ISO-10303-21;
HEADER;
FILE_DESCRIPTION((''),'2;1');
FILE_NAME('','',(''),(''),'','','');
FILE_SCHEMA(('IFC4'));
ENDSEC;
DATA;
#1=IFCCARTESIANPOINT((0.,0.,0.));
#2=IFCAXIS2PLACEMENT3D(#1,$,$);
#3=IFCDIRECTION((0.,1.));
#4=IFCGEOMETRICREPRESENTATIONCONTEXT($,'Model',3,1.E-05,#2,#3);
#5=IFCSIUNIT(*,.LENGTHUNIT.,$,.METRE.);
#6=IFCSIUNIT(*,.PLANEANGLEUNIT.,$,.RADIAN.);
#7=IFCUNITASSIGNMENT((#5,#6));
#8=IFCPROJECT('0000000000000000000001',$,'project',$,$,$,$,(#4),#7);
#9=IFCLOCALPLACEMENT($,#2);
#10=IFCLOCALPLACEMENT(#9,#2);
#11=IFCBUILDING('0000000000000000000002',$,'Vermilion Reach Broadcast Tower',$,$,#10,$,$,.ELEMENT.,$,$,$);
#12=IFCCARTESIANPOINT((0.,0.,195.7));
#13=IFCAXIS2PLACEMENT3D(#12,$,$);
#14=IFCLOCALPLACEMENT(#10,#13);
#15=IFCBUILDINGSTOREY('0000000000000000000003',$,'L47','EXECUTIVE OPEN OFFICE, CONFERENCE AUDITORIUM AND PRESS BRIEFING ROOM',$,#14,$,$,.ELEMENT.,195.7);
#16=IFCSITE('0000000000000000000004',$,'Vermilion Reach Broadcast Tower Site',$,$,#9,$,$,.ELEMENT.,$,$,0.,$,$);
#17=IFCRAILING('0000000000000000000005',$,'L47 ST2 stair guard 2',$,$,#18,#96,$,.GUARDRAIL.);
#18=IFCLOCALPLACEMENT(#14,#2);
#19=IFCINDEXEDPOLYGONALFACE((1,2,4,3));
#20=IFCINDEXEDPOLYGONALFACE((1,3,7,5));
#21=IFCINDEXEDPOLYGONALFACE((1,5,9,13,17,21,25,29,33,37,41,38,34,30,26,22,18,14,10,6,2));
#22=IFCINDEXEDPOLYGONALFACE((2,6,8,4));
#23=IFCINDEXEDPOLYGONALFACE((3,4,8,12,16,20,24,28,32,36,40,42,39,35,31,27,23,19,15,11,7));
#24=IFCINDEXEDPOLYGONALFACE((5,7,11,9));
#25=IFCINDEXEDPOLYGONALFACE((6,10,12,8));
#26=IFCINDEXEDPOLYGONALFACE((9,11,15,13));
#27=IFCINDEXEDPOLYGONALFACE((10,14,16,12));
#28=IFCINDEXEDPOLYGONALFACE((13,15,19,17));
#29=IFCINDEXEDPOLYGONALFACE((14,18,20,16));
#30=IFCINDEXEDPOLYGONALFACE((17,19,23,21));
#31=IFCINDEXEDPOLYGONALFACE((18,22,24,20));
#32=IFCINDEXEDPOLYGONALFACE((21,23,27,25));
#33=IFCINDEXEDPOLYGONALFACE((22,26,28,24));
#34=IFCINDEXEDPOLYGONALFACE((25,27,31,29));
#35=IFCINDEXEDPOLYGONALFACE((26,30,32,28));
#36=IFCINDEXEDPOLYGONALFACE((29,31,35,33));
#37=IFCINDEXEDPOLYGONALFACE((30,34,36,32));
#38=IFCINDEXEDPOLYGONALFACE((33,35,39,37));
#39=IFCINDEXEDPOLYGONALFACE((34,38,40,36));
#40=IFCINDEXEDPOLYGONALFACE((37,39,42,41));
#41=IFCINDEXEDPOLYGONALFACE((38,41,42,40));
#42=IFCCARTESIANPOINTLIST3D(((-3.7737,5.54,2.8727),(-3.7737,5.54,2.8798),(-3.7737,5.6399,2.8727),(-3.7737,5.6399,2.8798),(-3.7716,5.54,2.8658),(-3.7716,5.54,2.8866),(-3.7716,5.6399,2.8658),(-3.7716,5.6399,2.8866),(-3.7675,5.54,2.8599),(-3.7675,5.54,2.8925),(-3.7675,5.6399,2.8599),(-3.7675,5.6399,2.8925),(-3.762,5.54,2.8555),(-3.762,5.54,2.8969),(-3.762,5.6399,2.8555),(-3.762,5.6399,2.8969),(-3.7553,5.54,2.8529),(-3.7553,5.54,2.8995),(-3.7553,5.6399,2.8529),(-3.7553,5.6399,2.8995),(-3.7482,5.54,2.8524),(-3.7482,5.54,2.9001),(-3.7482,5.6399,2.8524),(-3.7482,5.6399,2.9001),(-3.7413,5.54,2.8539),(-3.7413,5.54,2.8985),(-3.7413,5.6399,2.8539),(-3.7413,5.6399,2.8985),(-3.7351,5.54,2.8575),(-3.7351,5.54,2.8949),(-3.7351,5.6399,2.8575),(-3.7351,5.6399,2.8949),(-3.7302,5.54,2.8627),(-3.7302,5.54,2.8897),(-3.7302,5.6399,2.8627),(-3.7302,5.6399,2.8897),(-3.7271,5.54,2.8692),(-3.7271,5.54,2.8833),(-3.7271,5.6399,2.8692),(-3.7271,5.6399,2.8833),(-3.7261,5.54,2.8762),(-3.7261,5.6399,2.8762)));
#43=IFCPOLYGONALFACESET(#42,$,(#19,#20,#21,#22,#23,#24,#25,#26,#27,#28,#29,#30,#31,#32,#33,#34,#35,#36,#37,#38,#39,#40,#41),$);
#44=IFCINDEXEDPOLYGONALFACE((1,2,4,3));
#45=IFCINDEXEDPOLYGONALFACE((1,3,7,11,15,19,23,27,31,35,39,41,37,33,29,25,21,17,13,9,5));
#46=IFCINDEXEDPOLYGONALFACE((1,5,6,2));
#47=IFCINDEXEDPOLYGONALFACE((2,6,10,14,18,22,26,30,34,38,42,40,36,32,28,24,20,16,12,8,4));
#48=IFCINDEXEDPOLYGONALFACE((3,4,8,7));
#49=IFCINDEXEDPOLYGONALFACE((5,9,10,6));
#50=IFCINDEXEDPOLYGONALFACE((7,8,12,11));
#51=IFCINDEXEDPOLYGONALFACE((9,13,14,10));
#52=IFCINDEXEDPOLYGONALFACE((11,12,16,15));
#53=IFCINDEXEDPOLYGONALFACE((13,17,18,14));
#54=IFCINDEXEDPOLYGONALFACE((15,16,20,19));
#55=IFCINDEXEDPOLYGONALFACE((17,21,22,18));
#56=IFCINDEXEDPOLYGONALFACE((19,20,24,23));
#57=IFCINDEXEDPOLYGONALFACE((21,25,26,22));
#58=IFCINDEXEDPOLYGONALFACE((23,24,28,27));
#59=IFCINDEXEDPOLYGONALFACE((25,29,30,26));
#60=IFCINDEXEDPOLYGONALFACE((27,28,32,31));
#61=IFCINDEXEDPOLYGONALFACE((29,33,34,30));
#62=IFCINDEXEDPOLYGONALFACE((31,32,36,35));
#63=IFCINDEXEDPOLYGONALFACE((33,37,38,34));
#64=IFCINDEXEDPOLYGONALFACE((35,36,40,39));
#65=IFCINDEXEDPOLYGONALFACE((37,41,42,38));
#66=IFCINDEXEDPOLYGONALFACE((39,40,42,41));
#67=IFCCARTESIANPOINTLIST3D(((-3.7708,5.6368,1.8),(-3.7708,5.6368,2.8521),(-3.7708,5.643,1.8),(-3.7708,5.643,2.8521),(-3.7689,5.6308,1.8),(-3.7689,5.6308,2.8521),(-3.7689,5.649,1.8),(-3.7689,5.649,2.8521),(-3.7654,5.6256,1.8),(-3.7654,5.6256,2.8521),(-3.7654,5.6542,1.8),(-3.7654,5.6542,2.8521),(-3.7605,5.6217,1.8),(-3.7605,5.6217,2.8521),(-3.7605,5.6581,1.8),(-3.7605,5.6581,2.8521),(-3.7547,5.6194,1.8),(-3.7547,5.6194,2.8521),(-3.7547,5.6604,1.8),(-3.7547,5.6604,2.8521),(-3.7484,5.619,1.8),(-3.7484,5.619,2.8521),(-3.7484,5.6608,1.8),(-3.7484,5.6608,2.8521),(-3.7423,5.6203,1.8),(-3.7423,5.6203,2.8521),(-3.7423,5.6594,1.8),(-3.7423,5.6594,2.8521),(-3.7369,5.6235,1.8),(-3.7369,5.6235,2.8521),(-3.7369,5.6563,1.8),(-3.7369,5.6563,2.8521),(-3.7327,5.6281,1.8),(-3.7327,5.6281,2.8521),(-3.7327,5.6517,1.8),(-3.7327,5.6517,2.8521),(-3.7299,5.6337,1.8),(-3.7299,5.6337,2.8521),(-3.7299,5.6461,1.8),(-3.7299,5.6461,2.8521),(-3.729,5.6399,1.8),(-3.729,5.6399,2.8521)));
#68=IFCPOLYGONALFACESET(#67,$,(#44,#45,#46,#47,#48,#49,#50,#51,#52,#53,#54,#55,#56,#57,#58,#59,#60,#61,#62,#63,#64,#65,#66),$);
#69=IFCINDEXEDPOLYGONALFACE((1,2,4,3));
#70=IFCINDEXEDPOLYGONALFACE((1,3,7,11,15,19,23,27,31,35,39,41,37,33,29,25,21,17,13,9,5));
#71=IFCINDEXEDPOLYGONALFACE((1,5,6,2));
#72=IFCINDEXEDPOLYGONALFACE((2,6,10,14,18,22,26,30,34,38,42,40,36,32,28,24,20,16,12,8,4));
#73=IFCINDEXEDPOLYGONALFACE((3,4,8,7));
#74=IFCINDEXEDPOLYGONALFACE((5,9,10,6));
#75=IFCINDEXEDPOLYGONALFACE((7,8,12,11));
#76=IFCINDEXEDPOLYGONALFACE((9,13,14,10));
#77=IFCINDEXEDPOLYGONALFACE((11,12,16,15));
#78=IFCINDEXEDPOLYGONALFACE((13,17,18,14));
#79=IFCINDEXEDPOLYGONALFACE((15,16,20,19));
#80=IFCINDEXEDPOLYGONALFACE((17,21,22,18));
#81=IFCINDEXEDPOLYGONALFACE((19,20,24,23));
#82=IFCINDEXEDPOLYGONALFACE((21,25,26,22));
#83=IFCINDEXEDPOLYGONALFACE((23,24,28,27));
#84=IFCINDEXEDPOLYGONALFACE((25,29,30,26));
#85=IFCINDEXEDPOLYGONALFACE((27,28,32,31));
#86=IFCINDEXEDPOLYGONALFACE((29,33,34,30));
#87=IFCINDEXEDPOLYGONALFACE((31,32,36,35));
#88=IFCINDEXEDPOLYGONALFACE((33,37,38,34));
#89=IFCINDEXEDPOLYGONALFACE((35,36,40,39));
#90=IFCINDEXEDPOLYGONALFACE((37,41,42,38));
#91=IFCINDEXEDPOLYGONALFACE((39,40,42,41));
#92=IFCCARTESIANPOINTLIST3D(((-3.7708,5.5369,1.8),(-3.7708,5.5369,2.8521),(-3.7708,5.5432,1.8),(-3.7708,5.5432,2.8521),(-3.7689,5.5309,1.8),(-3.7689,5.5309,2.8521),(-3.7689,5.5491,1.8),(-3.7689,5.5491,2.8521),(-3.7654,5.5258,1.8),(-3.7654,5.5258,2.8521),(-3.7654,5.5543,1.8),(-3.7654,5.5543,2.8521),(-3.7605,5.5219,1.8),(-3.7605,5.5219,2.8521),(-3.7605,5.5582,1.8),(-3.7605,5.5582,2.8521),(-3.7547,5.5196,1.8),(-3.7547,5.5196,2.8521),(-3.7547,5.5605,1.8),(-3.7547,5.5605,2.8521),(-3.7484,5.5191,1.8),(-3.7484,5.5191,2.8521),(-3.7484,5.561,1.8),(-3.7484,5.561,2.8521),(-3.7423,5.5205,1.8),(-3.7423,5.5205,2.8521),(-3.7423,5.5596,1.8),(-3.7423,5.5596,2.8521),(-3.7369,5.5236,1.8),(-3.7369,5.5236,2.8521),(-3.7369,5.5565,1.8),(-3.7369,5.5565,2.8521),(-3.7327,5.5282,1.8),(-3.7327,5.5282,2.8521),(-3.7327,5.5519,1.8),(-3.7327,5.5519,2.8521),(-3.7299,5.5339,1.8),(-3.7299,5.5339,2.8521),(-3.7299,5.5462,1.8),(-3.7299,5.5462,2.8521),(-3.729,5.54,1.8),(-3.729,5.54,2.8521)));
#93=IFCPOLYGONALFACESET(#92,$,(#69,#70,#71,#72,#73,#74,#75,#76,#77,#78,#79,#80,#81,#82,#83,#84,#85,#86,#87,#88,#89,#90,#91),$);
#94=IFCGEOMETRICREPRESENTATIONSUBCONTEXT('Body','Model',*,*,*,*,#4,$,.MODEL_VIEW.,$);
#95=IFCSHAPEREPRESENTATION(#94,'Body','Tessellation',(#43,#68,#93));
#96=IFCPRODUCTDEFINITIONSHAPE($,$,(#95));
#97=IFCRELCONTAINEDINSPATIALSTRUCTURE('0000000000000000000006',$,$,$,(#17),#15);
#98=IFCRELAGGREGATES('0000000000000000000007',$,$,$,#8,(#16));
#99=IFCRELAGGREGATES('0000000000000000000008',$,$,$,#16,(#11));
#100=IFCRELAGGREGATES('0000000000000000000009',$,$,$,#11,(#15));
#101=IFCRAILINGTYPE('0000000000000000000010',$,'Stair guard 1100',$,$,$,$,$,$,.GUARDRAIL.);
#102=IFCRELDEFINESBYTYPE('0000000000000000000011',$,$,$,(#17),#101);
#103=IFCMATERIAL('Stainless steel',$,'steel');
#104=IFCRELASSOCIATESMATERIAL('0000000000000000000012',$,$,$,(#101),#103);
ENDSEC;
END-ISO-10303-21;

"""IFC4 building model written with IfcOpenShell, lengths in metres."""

from ifc_helpers import new_model, si_unit, direction, frame, origin, origin_2d, place, context, subcontext, project, spatial, circle, extrude, material, type_object, element, save


model = new_model("IFC4")

# Units and contexts
model_context = context("Model", 3, precision=1e-05, world=origin(), true_north=direction((0.0, 1.0)))
body_context = subcontext(model_context, "Body", "Model", "MODEL_VIEW")
ifc_project = project(units=[si_unit("LENGTHUNIT", "METRE"), si_unit("PLANEANGLEUNIT", "RADIAN")], contexts=[model_context])

# Site, building, storey
site_placement = place(None, origin())
site = spatial("IfcSite", under=ifc_project, at=site_placement, Name="Vermilion Reach Broadcast Tower Site", CompositionType="ELEMENT", RefElevation=0.0)
building_placement = place(site_placement, origin())
building = spatial("IfcBuilding", under=site, at=building_placement, Name="Vermilion Reach Broadcast Tower", CompositionType="ELEMENT")
storey_placement = place(building_placement, frame((0.0, 0.0, 195.7)))
storey = spatial("IfcBuildingStorey", under=building, at=storey_placement, Name="L47", Description="EXECUTIVE OPEN OFFICE, CONFERENCE AUDITORIUM AND PRESS BRIEFING ROOM", CompositionType="ELEMENT", Elevation=195.7)

# Railing
ifc_material_1 = material(Name="Stainless steel", Category="steel")
railing_type_1 = type_object("IfcRailingType", Name="Stair guard 1100", PredefinedType="GUARDRAIL", material=ifc_material_1)
railing_1_placement = place(storey_placement, frame((-3.75, 5.6399, 1.8)))
element("IfcRailing", 1, at=railing_1_placement, inside=storey, type_object=railing_type_1, Name="L47 ST2 stair guard 2", PredefinedType="GUARDRAIL", context=body_context, shape_type="SweptSolid", body=[
    extrude(circle(Radius=0.0239, at=origin_2d()), frame((0.0, 0.0, 1.0762), z_axis=(0.0, -1.0, 0.0), x_axis=(1.0, 0.0, 0.0)), (0.0, 0.0, 1.0), 0.0999),
    extrude(circle(Radius=0.021, at=origin_2d()), origin(), (0.0, 0.0, 1.0), 1.052),
    extrude(circle(Radius=0.021, at=origin_2d()), frame((0.0, -0.0999, 0.0)), (0.0, 0.0, 1.0), 1.052),
])

save(model, "model.ifc")
